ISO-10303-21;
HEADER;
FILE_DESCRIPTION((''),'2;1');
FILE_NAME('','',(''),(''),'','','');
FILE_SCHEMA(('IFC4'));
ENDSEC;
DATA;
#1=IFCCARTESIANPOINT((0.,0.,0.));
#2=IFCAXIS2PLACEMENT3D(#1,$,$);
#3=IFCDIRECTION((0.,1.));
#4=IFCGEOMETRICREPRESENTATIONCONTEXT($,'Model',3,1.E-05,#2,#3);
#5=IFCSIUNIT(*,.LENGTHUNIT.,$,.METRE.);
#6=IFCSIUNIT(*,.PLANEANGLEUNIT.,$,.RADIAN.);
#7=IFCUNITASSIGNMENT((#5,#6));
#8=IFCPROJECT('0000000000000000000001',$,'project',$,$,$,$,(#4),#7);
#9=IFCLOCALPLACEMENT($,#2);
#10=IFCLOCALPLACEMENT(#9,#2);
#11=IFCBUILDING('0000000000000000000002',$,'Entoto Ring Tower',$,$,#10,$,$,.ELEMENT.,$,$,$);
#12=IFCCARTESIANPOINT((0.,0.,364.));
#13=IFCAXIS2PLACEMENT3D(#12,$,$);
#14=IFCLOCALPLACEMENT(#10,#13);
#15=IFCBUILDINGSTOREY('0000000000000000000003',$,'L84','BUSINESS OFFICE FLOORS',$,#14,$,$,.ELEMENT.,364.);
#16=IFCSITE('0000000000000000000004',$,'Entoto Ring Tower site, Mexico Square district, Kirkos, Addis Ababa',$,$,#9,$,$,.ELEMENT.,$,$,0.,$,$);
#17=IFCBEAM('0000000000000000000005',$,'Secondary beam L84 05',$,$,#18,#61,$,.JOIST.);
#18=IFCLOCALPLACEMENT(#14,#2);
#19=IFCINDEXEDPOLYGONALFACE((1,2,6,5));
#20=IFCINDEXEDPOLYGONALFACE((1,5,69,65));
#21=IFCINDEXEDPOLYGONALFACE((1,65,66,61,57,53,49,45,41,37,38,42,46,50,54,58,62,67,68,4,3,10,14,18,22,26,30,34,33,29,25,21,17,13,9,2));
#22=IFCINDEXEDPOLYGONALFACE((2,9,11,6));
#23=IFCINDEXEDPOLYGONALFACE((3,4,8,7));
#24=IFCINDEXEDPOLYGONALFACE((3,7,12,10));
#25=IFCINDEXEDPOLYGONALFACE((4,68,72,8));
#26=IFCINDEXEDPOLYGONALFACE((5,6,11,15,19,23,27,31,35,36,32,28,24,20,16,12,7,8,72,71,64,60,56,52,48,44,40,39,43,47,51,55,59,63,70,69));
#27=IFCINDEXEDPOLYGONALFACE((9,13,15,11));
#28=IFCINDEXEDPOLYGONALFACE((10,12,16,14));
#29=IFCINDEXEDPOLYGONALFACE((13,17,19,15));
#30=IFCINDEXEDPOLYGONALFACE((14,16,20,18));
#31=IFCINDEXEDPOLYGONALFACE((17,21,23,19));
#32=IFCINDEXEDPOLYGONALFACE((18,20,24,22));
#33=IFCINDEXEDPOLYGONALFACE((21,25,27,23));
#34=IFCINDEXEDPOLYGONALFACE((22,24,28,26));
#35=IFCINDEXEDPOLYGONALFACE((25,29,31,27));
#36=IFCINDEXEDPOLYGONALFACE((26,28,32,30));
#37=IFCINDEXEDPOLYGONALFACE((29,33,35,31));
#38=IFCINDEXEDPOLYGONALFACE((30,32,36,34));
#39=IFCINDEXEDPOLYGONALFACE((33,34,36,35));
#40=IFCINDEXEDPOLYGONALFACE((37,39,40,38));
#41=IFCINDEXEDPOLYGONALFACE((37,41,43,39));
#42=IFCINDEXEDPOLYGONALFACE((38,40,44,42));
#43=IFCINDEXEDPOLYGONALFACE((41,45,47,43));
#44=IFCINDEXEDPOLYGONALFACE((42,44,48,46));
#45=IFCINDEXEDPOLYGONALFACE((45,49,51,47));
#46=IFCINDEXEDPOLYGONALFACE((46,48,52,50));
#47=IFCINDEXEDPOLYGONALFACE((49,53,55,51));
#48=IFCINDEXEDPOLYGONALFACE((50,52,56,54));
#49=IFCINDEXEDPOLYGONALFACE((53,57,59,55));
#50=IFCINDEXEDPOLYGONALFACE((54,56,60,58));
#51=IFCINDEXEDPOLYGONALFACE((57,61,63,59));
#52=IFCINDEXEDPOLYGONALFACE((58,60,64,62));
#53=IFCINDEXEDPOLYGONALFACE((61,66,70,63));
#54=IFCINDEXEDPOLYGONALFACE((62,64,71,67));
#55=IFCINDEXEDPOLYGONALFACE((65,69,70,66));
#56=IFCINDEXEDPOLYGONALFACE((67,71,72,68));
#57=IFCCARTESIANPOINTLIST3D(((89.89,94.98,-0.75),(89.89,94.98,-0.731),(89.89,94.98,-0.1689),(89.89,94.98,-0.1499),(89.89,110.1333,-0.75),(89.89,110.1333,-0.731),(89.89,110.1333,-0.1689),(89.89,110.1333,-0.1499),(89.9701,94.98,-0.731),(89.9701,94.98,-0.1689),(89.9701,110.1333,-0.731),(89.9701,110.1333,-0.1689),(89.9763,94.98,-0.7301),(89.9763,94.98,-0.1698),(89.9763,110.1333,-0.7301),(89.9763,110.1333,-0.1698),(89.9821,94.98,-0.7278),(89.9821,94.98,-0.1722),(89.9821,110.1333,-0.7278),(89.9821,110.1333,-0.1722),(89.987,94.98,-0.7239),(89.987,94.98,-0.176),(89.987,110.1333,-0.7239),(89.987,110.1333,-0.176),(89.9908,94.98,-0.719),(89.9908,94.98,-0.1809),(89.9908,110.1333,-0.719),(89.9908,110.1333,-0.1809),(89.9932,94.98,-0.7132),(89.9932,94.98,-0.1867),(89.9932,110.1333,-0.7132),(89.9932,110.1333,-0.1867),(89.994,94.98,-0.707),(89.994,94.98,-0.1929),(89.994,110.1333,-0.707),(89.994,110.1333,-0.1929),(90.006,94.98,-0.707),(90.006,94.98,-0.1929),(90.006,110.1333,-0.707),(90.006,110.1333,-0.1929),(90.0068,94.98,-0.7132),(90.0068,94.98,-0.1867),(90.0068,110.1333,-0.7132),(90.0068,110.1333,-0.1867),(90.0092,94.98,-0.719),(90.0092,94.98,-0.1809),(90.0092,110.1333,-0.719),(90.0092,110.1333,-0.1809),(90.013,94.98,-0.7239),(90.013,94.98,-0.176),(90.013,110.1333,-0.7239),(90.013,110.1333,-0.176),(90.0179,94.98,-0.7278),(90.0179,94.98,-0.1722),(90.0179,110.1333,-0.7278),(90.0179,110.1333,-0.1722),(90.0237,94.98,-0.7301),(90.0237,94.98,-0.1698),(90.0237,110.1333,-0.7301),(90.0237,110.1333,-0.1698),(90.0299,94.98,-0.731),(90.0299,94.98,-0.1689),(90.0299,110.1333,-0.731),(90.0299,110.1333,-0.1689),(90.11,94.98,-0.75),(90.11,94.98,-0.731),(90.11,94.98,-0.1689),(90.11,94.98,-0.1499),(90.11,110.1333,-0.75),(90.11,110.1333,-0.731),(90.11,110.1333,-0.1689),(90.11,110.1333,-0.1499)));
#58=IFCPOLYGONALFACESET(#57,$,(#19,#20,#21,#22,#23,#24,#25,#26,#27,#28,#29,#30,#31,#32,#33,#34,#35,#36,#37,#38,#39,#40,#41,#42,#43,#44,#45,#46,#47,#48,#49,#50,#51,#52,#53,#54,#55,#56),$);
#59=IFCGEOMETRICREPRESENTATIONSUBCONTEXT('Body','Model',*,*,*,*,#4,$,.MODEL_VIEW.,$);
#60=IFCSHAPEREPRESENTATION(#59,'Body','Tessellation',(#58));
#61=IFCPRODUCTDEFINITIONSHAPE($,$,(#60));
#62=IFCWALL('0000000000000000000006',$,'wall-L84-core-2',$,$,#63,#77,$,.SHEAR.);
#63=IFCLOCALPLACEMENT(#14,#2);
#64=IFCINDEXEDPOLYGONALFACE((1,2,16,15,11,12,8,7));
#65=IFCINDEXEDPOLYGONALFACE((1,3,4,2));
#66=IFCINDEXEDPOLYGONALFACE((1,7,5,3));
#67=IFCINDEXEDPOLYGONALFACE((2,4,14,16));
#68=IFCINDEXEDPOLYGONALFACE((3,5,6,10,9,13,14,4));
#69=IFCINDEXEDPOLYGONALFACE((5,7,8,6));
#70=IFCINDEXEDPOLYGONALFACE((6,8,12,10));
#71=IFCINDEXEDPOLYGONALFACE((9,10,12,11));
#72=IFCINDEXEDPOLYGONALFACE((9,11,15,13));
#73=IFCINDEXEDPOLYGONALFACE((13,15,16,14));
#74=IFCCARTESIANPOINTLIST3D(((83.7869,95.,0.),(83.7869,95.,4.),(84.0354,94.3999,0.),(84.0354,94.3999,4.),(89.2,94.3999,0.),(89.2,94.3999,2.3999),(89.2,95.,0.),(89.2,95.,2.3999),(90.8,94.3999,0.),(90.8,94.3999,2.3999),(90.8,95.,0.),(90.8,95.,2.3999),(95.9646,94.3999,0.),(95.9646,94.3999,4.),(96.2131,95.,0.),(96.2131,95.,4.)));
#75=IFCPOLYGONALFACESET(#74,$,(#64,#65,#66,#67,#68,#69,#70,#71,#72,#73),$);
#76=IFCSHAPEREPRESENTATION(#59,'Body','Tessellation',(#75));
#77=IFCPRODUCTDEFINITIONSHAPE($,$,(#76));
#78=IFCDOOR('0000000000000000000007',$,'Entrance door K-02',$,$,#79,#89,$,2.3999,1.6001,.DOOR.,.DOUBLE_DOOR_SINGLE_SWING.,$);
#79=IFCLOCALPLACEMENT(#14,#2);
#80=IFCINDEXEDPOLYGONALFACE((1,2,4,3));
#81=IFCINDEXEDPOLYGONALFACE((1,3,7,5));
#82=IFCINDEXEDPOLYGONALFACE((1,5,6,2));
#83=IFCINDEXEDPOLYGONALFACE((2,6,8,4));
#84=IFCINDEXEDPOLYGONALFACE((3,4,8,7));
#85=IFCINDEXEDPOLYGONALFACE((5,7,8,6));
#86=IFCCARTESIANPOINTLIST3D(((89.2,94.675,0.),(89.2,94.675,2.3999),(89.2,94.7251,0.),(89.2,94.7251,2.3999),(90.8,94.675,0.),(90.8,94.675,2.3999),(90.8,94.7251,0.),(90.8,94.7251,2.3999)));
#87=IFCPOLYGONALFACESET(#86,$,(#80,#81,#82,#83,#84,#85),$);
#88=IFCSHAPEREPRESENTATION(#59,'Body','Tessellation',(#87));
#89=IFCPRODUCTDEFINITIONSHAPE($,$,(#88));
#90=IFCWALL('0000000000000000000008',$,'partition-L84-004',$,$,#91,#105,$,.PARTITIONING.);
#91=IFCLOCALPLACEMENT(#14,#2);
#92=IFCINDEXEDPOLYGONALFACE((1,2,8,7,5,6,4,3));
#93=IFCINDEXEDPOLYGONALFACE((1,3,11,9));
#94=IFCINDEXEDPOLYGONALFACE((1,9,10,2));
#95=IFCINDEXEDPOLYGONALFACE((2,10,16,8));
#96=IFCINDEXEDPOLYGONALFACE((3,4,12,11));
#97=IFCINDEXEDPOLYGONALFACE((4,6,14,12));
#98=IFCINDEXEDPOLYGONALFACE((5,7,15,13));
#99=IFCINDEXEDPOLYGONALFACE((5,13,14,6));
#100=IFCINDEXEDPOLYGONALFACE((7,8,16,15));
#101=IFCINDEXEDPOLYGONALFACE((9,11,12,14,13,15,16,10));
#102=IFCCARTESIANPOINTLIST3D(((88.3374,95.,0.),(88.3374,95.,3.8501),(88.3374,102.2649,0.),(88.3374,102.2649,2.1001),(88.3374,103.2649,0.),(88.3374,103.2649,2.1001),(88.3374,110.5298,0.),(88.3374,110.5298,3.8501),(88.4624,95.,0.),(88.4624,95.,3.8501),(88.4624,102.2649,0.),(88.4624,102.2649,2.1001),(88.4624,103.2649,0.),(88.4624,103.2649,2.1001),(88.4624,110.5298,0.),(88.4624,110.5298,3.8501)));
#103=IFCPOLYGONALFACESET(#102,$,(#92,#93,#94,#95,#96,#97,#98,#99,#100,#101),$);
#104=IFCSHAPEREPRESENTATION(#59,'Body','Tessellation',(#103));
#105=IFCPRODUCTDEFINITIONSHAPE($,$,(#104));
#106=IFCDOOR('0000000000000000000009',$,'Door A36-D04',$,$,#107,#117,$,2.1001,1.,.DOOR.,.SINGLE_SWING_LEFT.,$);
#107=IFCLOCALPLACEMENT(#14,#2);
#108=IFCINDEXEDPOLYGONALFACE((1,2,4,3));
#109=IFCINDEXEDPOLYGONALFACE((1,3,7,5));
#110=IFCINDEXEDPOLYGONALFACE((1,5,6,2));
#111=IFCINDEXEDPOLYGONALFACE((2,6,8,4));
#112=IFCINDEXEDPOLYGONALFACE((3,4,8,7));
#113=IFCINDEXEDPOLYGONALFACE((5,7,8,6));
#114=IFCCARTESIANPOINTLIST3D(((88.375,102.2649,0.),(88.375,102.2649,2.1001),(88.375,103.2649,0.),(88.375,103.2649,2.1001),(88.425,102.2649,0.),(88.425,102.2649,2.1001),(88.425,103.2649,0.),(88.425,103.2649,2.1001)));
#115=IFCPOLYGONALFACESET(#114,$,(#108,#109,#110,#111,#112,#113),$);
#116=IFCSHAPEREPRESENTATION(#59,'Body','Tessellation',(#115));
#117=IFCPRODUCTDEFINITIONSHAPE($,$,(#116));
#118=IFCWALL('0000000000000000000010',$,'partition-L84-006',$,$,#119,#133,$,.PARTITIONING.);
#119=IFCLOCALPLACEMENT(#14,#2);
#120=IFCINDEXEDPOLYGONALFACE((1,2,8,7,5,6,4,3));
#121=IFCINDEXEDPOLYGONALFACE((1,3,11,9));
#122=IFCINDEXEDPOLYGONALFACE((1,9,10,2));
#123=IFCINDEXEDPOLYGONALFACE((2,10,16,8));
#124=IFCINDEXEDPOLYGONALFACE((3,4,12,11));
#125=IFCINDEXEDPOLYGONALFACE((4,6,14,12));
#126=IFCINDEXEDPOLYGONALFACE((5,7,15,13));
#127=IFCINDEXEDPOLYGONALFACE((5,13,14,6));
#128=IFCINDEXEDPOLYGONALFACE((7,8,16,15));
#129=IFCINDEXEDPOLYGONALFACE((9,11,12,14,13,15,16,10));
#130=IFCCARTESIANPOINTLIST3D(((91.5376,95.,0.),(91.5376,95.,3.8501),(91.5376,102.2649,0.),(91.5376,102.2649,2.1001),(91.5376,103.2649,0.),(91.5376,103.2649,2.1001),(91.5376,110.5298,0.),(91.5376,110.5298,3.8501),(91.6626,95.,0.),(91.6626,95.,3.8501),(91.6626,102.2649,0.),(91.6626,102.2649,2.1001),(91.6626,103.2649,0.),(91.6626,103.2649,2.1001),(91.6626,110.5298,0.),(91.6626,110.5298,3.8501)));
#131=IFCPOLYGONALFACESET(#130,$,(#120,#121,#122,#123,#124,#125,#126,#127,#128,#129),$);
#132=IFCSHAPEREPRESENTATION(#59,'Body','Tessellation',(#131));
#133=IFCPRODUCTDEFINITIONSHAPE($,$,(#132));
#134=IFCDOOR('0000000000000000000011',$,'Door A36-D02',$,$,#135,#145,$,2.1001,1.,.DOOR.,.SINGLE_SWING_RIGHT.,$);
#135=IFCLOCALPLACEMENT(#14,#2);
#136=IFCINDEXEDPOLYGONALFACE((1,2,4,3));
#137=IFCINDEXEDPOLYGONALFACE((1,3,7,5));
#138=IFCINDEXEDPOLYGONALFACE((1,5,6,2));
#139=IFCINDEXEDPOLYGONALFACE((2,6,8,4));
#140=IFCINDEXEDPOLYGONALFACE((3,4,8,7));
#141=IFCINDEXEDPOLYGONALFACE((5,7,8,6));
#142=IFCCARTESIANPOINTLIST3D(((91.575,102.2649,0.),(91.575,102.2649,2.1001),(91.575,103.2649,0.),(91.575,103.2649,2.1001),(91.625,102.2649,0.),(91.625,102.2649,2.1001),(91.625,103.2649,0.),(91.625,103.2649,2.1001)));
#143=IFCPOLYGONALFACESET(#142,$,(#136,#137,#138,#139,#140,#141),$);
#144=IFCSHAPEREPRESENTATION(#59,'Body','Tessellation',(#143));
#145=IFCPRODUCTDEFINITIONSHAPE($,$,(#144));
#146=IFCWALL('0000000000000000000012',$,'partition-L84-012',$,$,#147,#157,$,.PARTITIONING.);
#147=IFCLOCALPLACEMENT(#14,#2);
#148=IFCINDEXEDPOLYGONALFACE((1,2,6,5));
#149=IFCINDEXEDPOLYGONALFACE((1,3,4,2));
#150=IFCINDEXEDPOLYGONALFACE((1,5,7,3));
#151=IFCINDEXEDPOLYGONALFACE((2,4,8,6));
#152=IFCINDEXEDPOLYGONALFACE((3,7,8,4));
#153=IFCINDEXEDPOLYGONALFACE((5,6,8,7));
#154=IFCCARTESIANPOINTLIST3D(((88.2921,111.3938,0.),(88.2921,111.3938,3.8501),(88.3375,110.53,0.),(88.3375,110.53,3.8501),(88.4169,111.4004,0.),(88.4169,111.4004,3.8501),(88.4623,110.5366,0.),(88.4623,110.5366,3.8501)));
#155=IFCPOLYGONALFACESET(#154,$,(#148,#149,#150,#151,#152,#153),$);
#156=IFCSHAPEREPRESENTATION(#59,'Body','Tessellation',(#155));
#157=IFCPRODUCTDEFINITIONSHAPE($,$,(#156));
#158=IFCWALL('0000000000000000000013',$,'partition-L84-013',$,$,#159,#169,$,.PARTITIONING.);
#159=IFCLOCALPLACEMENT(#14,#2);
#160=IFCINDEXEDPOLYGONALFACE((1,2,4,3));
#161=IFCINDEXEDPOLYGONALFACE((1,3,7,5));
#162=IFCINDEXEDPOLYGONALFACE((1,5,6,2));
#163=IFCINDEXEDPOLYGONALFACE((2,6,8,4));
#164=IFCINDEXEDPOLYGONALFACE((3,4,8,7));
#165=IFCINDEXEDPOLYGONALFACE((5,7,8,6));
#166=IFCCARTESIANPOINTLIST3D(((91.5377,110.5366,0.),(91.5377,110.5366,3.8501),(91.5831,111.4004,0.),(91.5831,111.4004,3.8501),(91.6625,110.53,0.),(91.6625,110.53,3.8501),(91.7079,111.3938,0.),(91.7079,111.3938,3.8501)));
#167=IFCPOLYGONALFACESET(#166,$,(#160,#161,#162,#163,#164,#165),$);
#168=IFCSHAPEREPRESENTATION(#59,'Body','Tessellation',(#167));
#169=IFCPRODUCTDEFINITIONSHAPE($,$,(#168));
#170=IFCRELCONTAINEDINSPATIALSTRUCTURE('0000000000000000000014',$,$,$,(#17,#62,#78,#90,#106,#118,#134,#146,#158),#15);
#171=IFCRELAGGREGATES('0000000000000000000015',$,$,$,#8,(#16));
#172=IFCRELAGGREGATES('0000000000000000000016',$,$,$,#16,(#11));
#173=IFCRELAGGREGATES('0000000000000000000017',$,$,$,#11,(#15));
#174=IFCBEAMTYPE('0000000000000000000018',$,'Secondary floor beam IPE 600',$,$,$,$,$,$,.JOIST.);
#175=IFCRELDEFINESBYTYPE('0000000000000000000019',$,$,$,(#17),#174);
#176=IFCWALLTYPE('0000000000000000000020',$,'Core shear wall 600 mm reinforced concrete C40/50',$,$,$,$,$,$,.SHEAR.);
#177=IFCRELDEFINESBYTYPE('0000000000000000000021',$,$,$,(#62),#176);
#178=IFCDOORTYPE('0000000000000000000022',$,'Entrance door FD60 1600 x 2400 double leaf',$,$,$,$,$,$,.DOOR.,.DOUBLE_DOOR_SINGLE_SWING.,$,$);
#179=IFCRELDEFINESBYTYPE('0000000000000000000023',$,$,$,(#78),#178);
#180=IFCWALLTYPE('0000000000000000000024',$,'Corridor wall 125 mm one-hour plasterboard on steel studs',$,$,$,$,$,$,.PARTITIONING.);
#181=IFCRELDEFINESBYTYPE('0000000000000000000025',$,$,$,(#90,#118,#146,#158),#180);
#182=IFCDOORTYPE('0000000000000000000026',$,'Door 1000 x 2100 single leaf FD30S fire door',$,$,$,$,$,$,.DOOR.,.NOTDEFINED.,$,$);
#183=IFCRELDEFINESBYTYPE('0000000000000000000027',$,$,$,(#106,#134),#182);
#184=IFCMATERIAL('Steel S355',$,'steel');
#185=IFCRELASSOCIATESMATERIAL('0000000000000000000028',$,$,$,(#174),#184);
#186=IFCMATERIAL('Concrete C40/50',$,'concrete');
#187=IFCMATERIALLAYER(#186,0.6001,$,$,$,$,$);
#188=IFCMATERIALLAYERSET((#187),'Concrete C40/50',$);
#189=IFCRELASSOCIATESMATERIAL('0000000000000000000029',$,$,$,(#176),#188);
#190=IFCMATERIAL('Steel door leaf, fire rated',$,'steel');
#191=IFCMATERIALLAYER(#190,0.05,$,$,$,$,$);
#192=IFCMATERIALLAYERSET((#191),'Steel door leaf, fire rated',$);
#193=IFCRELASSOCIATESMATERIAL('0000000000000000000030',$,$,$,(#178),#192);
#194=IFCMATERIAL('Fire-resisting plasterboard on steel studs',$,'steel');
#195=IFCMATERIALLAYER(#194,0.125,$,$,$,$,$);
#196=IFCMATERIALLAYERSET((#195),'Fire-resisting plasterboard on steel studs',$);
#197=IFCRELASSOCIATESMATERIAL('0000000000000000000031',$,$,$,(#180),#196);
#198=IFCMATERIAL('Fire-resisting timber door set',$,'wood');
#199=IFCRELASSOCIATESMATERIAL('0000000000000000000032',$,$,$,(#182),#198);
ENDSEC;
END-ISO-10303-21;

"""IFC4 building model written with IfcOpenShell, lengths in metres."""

from ifc_helpers import new_model, si_unit, direction, frame, frame_2d, origin, origin_2d, place, context, subcontext, project, spatial, polyline, rectangle, i_section, outline, extrude, material, layer, layer_set, material_profile, profile_set, type_object, element, fill, save


model = new_model("IFC4")

# Units and contexts
model_context = context("Model", 3, precision=1e-05, world=origin(), true_north=direction((0.0, 1.0)))
body_context = subcontext(model_context, "Body", "Model", "MODEL_VIEW")
ifc_project = project(units=[si_unit("LENGTHUNIT", "METRE"), si_unit("PLANEANGLEUNIT", "RADIAN")], contexts=[model_context])

# Site, building, storey
site_placement = place(None, origin())
site = spatial("IfcSite", under=ifc_project, at=site_placement, Name="Entoto Ring Tower site, Mexico Square district, Kirkos, Addis Ababa", CompositionType="ELEMENT", RefElevation=0.0)
building_placement = place(site_placement, origin())
building = spatial("IfcBuilding", under=site, at=building_placement, Name="Entoto Ring Tower", CompositionType="ELEMENT")
storey_placement = place(building_placement, frame((0.0, 0.0, 364.0)))
storey = spatial("IfcBuildingStorey", under=building, at=storey_placement, Name="L84", Description="BUSINESS OFFICE FLOORS", CompositionType="ELEMENT", Elevation=364.0)

# Beam
ifc_material_1 = material(Name="Steel S355", Category="steel")
ifc_material_profile_1 = material_profile(ifc_material_1, i_section(OverallWidth=0.22, OverallDepth=0.6001, WebThickness=0.012, FlangeThickness=0.019, FilletRadius=0.0239, at=origin_2d()), Name="IPE 600")
ifc_profile_set_1 = profile_set([ifc_material_profile_1], Name="Steel S355")
beam_type_1 = type_object("IfcBeamType", Name="Secondary floor beam IPE 600", PredefinedType="JOIST", material=ifc_profile_set_1)
beam_1_placement = place(storey_placement, frame((90.0, 94.98, -0.45), z_axis=(0.0, 1.0, 0.0), x_axis=(-1.0, 0.0, 0.0)))
element("IfcBeam", 1, at=beam_1_placement, inside=storey, type_object=beam_type_1, Name="Secondary beam L84 05", PredefinedType="JOIST", context=body_context, shape_type="SweptSolid", body=[
    extrude(i_section(OverallWidth=0.22, OverallDepth=0.6001, WebThickness=0.012, FlangeThickness=0.019, FilletRadius=0.0239, at=origin_2d()), origin(), (0.0, 0.0, 1.0), 15.1533),
])

# Walls, openings, doors
ifc_material_2 = material(Name="Concrete C40/50", Category="concrete")
ifc_layer_1 = layer(ifc_material_2, 0.6001)
ifc_layer_set_1 = layer_set([ifc_layer_1], Name="Concrete C40/50")
wall_type_1 = type_object("IfcWallType", Name="Core shear wall 600 mm reinforced concrete C40/50", PredefinedType="SHEAR", material=ifc_layer_set_1)
wall_1_placement = place(storey_placement, frame((96.0889, 94.7, 0.0), z_axis=(0.0, 0.0, 1.0), x_axis=(-1.0, 0.0, 0.0)))
wall_1 = element("IfcWall", 2, at=wall_1_placement, inside=storey, type_object=wall_type_1, Name="wall-L84-core-2", PredefinedType="SHEAR", context=body_context, shape_type="SweptSolid", body=[
    extrude(outline(polyline([(-0.1243, -0.3), (12.302, -0.3), (12.0535, 0.3), (0.1243, 0.3), (-0.1243, -0.3)])), origin(), (0.0, 0.0, 1.0), 4.0),
])
opening_1_placement = place(wall_1_placement, frame((5.2888, 0.0, 0.0)))
opening_1 = element("IfcOpeningElement", 3, at=opening_1_placement, cuts=wall_1, PredefinedType="OPENING", context=body_context, shape_type="SweptSolid", body=[
    extrude(rectangle(XDim=1.6001, YDim=2.3999, at=frame_2d((0.8, 1.2))), frame((0.0, 0.3101, 0.0), z_axis=(0.0, -1.0, 0.0), x_axis=(1.0, 0.0, 0.0)), (0.0, 0.0, 1.0), 0.6201),
])
ifc_material_3 = material(Name="Steel door leaf, fire rated", Category="steel")
ifc_layer_2 = layer(ifc_material_3, 0.05)
ifc_layer_set_2 = layer_set([ifc_layer_2], Name="Steel door leaf, fire rated")
door_type_1 = type_object("IfcDoorType", Name="Entrance door FD60 1600 x 2400 double leaf", OperationType="DOUBLE_DOOR_SINGLE_SWING", PredefinedType="DOOR", material=ifc_layer_set_2)
door_1_placement = place(opening_1_placement, origin())
door_1 = element("IfcDoor", 4, at=door_1_placement, inside=storey, type_object=door_type_1, Name="Entrance door K-02", OperationType="DOUBLE_DOOR_SINGLE_SWING", OverallHeight=2.3999, OverallWidth=1.6001, PredefinedType="DOOR", context=body_context, shape_type="SweptSolid", body=[
    extrude(rectangle(XDim=1.6001, YDim=2.3999, at=frame_2d((0.8, 1.2))), frame((0.0, 0.0249, 0.0), z_axis=(0.0, -1.0, 0.0), x_axis=(1.0, 0.0, 0.0)), (0.0, 0.0, 1.0), 0.05),
])
fill(opening_1, door_1)
ifc_material_4 = material(Name="Fire-resisting plasterboard on steel studs", Category="steel")
ifc_layer_3 = layer(ifc_material_4, 0.125)
ifc_layer_set_3 = layer_set([ifc_layer_3], Name="Fire-resisting plasterboard on steel studs")
wall_type_2 = type_object("IfcWallType", Name="Corridor wall 125 mm one-hour plasterboard on steel studs", PredefinedType="PARTITIONING", material=ifc_layer_set_3)
wall_2_placement = place(storey_placement, frame((88.3999, 95.0, 0.0), z_axis=(0.0, 0.0, 1.0), x_axis=(0.0, 1.0, 0.0)))
wall_2 = element("IfcWall", 5, at=wall_2_placement, inside=storey, type_object=wall_type_2, Name="partition-L84-004", PredefinedType="PARTITIONING", context=body_context, shape_type="SweptSolid", body=[
    extrude(rectangle(XDim=15.5298, YDim=0.125, at=frame_2d((7.7649, 0.0))), origin(), (0.0, 0.0, 1.0), 3.8501),
])
opening_2_placement = place(wall_2_placement, frame((7.2649, 0.0, 0.0)))
opening_2 = element("IfcOpeningElement", 6, at=opening_2_placement, cuts=wall_2, PredefinedType="OPENING", context=body_context, shape_type="SweptSolid", body=[
    extrude(rectangle(XDim=1.0, YDim=2.1001, at=frame_2d((0.5, 1.05))), frame((0.0, 0.0725, 0.0), z_axis=(0.0, -1.0, 0.0), x_axis=(1.0, 0.0, 0.0)), (0.0, 0.0, 1.0), 0.145),
])
ifc_material_5 = material(Name="Fire-resisting timber door set", Category="wood")
door_type_2 = type_object("IfcDoorType", Name="Door 1000 x 2100 single leaf FD30S fire door", OperationType="NOTDEFINED", PredefinedType="DOOR", material=ifc_material_5)
door_2_placement = place(opening_2_placement, origin())
door_2 = element("IfcDoor", 7, at=door_2_placement, inside=storey, type_object=door_type_2, Name="Door A36-D04", OperationType="SINGLE_SWING_LEFT", OverallHeight=2.1001, OverallWidth=1.0, PredefinedType="DOOR", context=body_context, shape_type="SweptSolid", body=[
    extrude(rectangle(XDim=1.0, YDim=2.1001, at=frame_2d((0.5, 1.05))), frame((0.0, 0.0249, 0.0), z_axis=(0.0, -1.0, 0.0), x_axis=(1.0, 0.0, 0.0)), (0.0, 0.0, 1.0), 0.05),
])
fill(opening_2, door_2)
wall_3_placement = place(storey_placement, frame((91.6001, 95.0, 0.0), z_axis=(0.0, 0.0, 1.0), x_axis=(0.0, 1.0, 0.0)))
wall_3 = element("IfcWall", 8, at=wall_3_placement, inside=storey, type_object=wall_type_2, Name="partition-L84-006", PredefinedType="PARTITIONING", context=body_context, shape_type="SweptSolid", body=[
    extrude(rectangle(XDim=15.5298, YDim=0.125, at=frame_2d((7.7649, 0.0))), origin(), (0.0, 0.0, 1.0), 3.8501),
])
opening_3_placement = place(wall_3_placement, frame((7.2649, 0.0, 0.0)))
opening_3 = element("IfcOpeningElement", 9, at=opening_3_placement, cuts=wall_3, PredefinedType="OPENING", context=body_context, shape_type="SweptSolid", body=[
    extrude(rectangle(XDim=1.0, YDim=2.1001, at=frame_2d((0.5, 1.05))), frame((0.0, 0.0725, 0.0), z_axis=(0.0, -1.0, 0.0), x_axis=(1.0, 0.0, 0.0)), (0.0, 0.0, 1.0), 0.145),
])
door_3_placement = place(opening_3_placement, frame((1.0, 0.0, 0.0), z_axis=(0.0, 0.0, 1.0), x_axis=(-1.0, 0.0, 0.0)))
door_3 = element("IfcDoor", 10, at=door_3_placement, inside=storey, type_object=door_type_2, Name="Door A36-D02", OperationType="SINGLE_SWING_RIGHT", OverallHeight=2.1001, OverallWidth=1.0, PredefinedType="DOOR", context=body_context, shape_type="SweptSolid", body=[
    extrude(rectangle(XDim=1.0, YDim=2.1001, at=frame_2d((0.5, 1.05))), frame((0.0, 0.0249, 0.0), z_axis=(0.0, -1.0, 0.0), x_axis=(1.0, 0.0, 0.0)), (0.0, 0.0, 1.0), 0.05),
])
fill(opening_3, door_3)

# Walls
for number, where, z_axis, x_axis, name in (
    (11, (88.3999, 110.5332, 0.0), (0.0, 0.0, 1.0), (-0.0525, 0.998621, 0.0), "partition-L84-012"),
    (12, (91.6001, 110.5332, 0.0), (0.0, 0.0, 1.0), (0.0525, 0.998621, 0.0), "partition-L84-013"),
):
    element("IfcWall", number, at=place(storey_placement, frame(where, z_axis=z_axis, x_axis=x_axis)), inside=storey, type_object=wall_type_2, Name=name, PredefinedType="PARTITIONING", context=body_context, shape_type="SweptSolid", body=[
        extrude(rectangle(XDim=0.865, YDim=0.125, at=frame_2d((0.4326, 0.0))), origin(), (0.0, 0.0, 1.0), 3.8501),
    ])

save(model, "model.ifc")
